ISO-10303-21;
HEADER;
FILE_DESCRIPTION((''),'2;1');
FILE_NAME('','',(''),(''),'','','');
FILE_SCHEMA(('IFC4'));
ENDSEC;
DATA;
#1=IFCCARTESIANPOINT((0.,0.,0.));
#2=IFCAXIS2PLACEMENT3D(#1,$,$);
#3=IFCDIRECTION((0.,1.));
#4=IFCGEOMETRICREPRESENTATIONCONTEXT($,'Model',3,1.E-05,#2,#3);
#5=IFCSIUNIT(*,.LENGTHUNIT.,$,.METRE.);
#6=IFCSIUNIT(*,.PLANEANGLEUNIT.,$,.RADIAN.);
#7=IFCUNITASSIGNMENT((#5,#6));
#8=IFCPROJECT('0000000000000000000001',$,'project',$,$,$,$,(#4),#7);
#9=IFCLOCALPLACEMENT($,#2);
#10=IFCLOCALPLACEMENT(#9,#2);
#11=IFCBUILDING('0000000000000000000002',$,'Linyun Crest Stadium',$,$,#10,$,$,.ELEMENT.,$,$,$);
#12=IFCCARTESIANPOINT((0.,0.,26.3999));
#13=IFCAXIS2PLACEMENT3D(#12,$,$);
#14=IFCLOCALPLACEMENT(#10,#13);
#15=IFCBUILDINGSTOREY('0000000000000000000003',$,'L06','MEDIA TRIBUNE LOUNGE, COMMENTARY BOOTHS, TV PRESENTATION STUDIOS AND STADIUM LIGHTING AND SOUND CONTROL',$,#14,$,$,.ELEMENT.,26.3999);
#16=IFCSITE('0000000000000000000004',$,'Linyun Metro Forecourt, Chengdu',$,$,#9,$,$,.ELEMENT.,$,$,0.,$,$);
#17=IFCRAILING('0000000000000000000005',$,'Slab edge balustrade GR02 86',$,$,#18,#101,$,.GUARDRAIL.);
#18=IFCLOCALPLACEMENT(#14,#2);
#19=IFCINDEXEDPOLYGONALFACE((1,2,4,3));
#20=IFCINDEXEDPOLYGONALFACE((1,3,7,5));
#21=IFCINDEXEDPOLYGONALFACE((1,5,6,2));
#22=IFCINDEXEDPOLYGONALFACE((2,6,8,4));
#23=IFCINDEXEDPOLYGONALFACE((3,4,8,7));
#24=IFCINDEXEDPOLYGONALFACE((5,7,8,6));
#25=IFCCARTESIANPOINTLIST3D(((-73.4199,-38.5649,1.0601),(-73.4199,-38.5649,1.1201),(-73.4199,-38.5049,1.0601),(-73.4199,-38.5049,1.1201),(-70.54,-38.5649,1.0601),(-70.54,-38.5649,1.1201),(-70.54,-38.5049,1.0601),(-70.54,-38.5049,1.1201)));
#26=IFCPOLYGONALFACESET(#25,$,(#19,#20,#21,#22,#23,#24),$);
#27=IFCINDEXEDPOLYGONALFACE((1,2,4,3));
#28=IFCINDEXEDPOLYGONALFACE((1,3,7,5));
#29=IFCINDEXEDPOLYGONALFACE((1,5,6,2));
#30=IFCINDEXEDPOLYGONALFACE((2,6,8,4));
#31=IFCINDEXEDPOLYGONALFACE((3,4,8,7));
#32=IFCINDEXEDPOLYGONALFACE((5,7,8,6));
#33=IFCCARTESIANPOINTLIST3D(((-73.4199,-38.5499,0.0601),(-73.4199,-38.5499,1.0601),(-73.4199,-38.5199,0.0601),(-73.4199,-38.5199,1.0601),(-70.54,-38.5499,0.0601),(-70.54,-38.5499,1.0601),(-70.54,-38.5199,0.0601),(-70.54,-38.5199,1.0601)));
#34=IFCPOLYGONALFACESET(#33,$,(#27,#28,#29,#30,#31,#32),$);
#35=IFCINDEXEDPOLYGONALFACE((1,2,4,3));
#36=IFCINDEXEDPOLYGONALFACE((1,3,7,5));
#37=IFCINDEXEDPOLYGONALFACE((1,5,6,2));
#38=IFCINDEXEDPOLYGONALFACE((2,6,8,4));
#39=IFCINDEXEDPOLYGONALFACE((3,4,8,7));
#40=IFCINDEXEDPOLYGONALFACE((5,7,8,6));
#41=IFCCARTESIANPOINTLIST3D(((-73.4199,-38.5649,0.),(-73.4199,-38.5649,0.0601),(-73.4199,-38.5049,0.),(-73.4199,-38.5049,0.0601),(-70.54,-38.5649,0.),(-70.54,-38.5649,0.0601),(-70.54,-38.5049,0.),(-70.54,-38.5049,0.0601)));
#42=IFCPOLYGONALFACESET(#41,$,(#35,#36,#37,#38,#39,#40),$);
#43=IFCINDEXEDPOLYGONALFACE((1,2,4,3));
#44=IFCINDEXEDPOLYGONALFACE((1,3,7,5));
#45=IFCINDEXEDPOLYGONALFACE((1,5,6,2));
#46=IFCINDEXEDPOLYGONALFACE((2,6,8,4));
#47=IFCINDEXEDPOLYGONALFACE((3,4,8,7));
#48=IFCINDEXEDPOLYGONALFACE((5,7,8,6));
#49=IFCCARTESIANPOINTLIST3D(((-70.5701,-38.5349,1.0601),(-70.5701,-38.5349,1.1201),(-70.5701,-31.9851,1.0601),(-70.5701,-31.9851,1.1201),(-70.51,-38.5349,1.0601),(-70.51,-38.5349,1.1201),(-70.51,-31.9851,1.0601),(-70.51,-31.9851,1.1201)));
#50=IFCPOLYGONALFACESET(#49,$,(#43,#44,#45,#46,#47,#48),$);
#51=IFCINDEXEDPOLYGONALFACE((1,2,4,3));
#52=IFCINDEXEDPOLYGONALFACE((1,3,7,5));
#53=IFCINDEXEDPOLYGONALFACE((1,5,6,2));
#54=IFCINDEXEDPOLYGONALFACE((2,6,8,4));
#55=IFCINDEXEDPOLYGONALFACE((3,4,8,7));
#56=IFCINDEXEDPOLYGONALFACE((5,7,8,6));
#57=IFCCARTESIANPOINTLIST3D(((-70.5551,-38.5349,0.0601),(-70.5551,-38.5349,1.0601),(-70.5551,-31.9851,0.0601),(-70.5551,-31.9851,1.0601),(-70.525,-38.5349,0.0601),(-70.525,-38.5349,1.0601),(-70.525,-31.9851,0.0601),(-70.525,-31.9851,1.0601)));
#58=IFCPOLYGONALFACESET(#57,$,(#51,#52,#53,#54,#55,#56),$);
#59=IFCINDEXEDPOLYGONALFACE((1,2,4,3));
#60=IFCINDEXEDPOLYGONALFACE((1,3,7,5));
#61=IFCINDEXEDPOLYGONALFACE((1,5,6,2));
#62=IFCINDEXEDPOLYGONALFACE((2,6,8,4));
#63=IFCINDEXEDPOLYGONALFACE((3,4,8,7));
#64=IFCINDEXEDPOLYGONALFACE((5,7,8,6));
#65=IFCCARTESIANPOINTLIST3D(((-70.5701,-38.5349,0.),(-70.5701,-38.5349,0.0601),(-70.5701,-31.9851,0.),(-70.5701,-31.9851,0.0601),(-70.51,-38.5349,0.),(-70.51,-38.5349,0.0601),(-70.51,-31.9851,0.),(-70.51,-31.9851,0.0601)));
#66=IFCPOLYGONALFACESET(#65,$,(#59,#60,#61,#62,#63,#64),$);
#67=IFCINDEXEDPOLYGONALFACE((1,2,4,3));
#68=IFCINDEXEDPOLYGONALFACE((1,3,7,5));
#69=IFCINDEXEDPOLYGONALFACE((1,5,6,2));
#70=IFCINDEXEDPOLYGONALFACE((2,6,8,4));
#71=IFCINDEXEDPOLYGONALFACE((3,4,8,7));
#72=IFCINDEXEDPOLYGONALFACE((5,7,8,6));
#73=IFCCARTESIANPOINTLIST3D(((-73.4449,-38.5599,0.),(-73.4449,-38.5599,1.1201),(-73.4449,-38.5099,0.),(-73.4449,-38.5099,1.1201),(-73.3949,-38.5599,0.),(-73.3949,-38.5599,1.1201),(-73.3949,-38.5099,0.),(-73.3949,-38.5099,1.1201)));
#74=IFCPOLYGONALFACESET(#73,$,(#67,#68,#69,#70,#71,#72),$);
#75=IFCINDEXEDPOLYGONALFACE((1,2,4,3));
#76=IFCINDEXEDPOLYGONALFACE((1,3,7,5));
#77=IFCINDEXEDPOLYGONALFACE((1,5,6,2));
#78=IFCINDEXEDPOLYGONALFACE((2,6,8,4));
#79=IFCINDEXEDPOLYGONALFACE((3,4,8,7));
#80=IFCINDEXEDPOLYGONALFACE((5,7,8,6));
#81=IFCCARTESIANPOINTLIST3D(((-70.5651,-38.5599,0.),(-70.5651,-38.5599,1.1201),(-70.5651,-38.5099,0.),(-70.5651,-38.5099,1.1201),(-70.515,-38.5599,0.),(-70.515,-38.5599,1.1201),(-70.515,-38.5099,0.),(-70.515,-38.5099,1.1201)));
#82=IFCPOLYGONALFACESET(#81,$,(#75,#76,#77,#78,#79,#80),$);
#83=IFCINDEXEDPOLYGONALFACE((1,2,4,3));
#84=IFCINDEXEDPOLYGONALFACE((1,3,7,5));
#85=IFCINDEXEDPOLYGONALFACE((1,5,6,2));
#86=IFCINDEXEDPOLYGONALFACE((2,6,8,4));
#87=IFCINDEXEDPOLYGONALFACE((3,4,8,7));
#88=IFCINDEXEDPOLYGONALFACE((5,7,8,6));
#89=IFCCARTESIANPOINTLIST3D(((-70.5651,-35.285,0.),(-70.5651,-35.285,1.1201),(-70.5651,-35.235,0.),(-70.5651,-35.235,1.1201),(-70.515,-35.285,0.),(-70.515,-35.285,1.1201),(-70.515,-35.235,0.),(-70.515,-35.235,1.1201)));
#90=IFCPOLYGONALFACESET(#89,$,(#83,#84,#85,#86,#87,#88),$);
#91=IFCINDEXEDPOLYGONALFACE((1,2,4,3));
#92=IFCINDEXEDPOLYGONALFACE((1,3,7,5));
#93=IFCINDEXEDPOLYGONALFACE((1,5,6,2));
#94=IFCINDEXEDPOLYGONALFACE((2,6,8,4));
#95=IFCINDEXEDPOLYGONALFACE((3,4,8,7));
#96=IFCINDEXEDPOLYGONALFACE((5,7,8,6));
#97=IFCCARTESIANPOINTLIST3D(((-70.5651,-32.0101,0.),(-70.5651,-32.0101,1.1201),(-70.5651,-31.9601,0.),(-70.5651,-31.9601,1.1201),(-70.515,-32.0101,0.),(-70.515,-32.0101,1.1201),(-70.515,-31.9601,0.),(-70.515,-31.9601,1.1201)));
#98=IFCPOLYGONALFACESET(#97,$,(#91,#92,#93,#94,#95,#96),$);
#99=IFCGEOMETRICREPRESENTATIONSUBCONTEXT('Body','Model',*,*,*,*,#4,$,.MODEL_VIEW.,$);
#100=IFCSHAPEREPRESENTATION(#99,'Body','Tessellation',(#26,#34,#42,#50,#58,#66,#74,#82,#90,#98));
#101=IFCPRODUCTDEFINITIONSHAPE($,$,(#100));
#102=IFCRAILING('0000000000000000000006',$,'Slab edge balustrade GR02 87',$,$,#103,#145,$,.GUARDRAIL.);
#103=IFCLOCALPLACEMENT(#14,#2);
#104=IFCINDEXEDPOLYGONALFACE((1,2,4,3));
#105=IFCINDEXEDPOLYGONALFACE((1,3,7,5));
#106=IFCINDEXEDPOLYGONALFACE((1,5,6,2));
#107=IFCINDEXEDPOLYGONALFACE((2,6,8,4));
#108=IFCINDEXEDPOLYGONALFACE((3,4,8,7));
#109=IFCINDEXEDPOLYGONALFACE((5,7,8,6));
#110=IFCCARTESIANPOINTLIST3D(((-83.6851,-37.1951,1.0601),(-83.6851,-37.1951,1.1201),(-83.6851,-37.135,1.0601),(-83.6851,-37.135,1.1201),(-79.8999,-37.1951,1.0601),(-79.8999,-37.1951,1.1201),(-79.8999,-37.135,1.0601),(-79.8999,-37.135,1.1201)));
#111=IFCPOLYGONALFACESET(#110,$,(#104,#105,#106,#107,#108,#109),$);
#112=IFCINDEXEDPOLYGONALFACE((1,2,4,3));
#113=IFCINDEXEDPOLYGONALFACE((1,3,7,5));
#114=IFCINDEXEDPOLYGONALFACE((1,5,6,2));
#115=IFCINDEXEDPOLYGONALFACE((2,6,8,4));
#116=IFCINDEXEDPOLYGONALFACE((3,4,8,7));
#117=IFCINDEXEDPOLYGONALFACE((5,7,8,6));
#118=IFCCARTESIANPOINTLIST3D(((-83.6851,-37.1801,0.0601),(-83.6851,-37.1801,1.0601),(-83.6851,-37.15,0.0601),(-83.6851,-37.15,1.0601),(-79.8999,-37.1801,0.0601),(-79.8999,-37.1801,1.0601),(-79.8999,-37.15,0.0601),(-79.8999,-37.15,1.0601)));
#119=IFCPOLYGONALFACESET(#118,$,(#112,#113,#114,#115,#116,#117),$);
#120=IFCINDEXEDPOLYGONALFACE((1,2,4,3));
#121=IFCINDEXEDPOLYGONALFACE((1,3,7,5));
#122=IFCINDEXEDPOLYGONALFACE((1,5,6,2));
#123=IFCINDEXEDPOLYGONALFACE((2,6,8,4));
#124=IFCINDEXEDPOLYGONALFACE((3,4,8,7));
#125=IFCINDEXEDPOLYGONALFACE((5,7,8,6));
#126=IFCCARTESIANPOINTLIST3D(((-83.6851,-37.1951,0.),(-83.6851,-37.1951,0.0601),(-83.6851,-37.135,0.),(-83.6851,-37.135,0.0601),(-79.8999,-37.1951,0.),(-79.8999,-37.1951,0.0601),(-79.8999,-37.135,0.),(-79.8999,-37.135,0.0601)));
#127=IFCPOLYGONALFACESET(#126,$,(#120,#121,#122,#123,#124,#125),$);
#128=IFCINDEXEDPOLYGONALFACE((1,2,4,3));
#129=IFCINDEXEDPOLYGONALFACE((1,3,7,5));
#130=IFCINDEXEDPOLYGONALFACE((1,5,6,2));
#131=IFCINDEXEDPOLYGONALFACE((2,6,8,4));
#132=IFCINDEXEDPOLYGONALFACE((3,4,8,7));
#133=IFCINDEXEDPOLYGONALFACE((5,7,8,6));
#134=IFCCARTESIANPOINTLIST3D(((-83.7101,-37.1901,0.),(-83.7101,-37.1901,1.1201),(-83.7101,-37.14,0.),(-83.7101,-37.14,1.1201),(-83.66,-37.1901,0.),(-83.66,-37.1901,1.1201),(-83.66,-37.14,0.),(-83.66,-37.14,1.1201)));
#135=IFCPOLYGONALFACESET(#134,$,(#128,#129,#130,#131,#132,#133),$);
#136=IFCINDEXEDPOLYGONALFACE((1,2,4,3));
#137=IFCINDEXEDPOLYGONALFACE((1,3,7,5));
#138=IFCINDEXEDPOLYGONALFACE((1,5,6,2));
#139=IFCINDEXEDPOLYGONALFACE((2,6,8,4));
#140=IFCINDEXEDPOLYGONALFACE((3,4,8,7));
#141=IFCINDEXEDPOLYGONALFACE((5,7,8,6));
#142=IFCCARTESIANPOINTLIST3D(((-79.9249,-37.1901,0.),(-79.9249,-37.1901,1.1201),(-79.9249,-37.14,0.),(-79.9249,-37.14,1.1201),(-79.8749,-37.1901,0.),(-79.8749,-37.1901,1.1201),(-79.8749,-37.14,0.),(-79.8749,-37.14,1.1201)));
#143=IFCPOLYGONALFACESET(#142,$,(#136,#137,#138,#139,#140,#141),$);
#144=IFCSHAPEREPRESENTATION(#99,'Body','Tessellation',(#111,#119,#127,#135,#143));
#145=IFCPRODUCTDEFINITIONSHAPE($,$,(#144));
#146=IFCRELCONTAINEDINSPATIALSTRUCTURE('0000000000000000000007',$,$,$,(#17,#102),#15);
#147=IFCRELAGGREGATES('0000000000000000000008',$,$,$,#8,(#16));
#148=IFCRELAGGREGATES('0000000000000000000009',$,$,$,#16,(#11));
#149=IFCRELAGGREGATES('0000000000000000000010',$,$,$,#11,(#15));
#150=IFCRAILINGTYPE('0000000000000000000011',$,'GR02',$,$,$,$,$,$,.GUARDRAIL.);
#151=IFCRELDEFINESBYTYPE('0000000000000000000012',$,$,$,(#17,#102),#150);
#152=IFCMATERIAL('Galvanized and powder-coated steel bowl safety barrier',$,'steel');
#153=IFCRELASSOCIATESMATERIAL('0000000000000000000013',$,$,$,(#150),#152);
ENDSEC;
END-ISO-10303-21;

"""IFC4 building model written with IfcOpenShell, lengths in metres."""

from ifc_helpers import new_model, si_unit, direction, frame, origin, origin_2d, place, context, subcontext, project, spatial, rectangle, extrude, material, type_object, element, save


model = new_model("IFC4")

# Units and contexts
model_context = context("Model", 3, precision=1e-05, world=origin(), true_north=direction((0.0, 1.0)))
body_context = subcontext(model_context, "Body", "Model", "MODEL_VIEW")
ifc_project = project(units=[si_unit("LENGTHUNIT", "METRE"), si_unit("PLANEANGLEUNIT", "RADIAN")], contexts=[model_context])

# Site, building, storey
site_placement = place(None, origin())
site = spatial("IfcSite", under=ifc_project, at=site_placement, Name="Linyun Metro Forecourt, Chengdu", CompositionType="ELEMENT", RefElevation=0.0)
building_placement = place(site_placement, origin())
building = spatial("IfcBuilding", under=site, at=building_placement, Name="Linyun Crest Stadium", CompositionType="ELEMENT")
storey_placement = place(building_placement, frame((0.0, 0.0, 26.3999)))
storey = spatial("IfcBuildingStorey", under=building, at=storey_placement, Name="L06", Description="MEDIA TRIBUNE LOUNGE, COMMENTARY BOOTHS, TV PRESENTATION STUDIOS AND STADIUM LIGHTING AND SOUND CONTROL", CompositionType="ELEMENT", Elevation=26.3999)

# Railings
ifc_material_1 = material(Name="Galvanized and powder-coated steel bowl safety barrier", Category="steel")
railing_type_1 = type_object("IfcRailingType", Name="GR02", PredefinedType="GUARDRAIL", material=ifc_material_1)
railing_1_placement = place(storey_placement, frame((-73.4199, -38.5349, 0.0)))
element("IfcRailing", 1, at=railing_1_placement, inside=storey, type_object=railing_type_1, Name="Slab edge balustrade GR02 86", PredefinedType="GUARDRAIL", context=body_context, shape_type="SweptSolid", body=[
    extrude(rectangle(XDim=0.0601, YDim=0.0601, at=origin_2d()), frame((0.0, 0.0, 1.0901), z_axis=(1.0, 0.0, 0.0), x_axis=(0.0, 1.0, 0.0)), (0.0, 0.0, 1.0), 2.8799),
    extrude(rectangle(XDim=0.03, YDim=1.0, at=origin_2d()), frame((0.0, 0.0, 0.5601), z_axis=(1.0, 0.0, 0.0), x_axis=(0.0, 1.0, 0.0)), (0.0, 0.0, 1.0), 2.8799),
    extrude(rectangle(XDim=0.0601, YDim=0.0601, at=origin_2d()), frame((0.0, 0.0, 0.03), z_axis=(1.0, 0.0, 0.0), x_axis=(0.0, 1.0, 0.0)), (0.0, 0.0, 1.0), 2.8799),
    extrude(rectangle(XDim=0.0601, YDim=0.0601, at=origin_2d()), frame((2.8799, 0.0, 1.0901), z_axis=(0.0, 1.0, 0.0), x_axis=(-1.0, 0.0, 0.0)), (0.0, 0.0, 1.0), 6.5498),
    extrude(rectangle(XDim=0.03, YDim=1.0, at=origin_2d()), frame((2.8799, 0.0, 0.5601), z_axis=(0.0, 1.0, 0.0), x_axis=(-1.0, 0.0, 0.0)), (0.0, 0.0, 1.0), 6.5498),
    extrude(rectangle(XDim=0.0601, YDim=0.0601, at=origin_2d()), frame((2.8799, 0.0, 0.03), z_axis=(0.0, 1.0, 0.0), x_axis=(-1.0, 0.0, 0.0)), (0.0, 0.0, 1.0), 6.5498),
    extrude(rectangle(XDim=0.05, YDim=0.05, at=origin_2d()), origin(), (0.0, 0.0, 1.0), 1.1201),
    extrude(rectangle(XDim=0.05, YDim=0.05, at=origin_2d()), frame((2.8799, 0.0, 0.0)), (0.0, 0.0, 1.0), 1.1201),
    extrude(rectangle(XDim=0.05, YDim=0.05, at=origin_2d()), frame((2.8799, 3.2749, 0.0)), (0.0, 0.0, 1.0), 1.1201),
    extrude(rectangle(XDim=0.05, YDim=0.05, at=origin_2d()), frame((2.8799, 6.5498, 0.0)), (0.0, 0.0, 1.0), 1.1201),
])
railing_2_placement = place(storey_placement, frame((-83.6851, -37.165, 0.0)))
element("IfcRailing", 2, at=railing_2_placement, inside=storey, type_object=railing_type_1, Name="Slab edge balustrade GR02 87", PredefinedType="GUARDRAIL", context=body_context, shape_type="SweptSolid", body=[
    extrude(rectangle(XDim=0.0601, YDim=0.0601, at=origin_2d()), frame((0.0, 0.0, 1.0901), z_axis=(1.0, 0.0, 0.0), x_axis=(0.0, 1.0, 0.0)), (0.0, 0.0, 1.0), 3.7852),
    extrude(rectangle(XDim=0.03, YDim=1.0, at=origin_2d()), frame((0.0, 0.0, 0.5601), z_axis=(1.0, 0.0, 0.0), x_axis=(0.0, 1.0, 0.0)), (0.0, 0.0, 1.0), 3.7852),
    extrude(rectangle(XDim=0.0601, YDim=0.0601, at=origin_2d()), frame((0.0, 0.0, 0.03), z_axis=(1.0, 0.0, 0.0), x_axis=(0.0, 1.0, 0.0)), (0.0, 0.0, 1.0), 3.7852),
    extrude(rectangle(XDim=0.05, YDim=0.05, at=origin_2d()), origin(), (0.0, 0.0, 1.0), 1.1201),
    extrude(rectangle(XDim=0.05, YDim=0.05, at=origin_2d()), frame((3.7852, 0.0, 0.0)), (0.0, 0.0, 1.0), 1.1201),
])

save(model, "model.ifc")
